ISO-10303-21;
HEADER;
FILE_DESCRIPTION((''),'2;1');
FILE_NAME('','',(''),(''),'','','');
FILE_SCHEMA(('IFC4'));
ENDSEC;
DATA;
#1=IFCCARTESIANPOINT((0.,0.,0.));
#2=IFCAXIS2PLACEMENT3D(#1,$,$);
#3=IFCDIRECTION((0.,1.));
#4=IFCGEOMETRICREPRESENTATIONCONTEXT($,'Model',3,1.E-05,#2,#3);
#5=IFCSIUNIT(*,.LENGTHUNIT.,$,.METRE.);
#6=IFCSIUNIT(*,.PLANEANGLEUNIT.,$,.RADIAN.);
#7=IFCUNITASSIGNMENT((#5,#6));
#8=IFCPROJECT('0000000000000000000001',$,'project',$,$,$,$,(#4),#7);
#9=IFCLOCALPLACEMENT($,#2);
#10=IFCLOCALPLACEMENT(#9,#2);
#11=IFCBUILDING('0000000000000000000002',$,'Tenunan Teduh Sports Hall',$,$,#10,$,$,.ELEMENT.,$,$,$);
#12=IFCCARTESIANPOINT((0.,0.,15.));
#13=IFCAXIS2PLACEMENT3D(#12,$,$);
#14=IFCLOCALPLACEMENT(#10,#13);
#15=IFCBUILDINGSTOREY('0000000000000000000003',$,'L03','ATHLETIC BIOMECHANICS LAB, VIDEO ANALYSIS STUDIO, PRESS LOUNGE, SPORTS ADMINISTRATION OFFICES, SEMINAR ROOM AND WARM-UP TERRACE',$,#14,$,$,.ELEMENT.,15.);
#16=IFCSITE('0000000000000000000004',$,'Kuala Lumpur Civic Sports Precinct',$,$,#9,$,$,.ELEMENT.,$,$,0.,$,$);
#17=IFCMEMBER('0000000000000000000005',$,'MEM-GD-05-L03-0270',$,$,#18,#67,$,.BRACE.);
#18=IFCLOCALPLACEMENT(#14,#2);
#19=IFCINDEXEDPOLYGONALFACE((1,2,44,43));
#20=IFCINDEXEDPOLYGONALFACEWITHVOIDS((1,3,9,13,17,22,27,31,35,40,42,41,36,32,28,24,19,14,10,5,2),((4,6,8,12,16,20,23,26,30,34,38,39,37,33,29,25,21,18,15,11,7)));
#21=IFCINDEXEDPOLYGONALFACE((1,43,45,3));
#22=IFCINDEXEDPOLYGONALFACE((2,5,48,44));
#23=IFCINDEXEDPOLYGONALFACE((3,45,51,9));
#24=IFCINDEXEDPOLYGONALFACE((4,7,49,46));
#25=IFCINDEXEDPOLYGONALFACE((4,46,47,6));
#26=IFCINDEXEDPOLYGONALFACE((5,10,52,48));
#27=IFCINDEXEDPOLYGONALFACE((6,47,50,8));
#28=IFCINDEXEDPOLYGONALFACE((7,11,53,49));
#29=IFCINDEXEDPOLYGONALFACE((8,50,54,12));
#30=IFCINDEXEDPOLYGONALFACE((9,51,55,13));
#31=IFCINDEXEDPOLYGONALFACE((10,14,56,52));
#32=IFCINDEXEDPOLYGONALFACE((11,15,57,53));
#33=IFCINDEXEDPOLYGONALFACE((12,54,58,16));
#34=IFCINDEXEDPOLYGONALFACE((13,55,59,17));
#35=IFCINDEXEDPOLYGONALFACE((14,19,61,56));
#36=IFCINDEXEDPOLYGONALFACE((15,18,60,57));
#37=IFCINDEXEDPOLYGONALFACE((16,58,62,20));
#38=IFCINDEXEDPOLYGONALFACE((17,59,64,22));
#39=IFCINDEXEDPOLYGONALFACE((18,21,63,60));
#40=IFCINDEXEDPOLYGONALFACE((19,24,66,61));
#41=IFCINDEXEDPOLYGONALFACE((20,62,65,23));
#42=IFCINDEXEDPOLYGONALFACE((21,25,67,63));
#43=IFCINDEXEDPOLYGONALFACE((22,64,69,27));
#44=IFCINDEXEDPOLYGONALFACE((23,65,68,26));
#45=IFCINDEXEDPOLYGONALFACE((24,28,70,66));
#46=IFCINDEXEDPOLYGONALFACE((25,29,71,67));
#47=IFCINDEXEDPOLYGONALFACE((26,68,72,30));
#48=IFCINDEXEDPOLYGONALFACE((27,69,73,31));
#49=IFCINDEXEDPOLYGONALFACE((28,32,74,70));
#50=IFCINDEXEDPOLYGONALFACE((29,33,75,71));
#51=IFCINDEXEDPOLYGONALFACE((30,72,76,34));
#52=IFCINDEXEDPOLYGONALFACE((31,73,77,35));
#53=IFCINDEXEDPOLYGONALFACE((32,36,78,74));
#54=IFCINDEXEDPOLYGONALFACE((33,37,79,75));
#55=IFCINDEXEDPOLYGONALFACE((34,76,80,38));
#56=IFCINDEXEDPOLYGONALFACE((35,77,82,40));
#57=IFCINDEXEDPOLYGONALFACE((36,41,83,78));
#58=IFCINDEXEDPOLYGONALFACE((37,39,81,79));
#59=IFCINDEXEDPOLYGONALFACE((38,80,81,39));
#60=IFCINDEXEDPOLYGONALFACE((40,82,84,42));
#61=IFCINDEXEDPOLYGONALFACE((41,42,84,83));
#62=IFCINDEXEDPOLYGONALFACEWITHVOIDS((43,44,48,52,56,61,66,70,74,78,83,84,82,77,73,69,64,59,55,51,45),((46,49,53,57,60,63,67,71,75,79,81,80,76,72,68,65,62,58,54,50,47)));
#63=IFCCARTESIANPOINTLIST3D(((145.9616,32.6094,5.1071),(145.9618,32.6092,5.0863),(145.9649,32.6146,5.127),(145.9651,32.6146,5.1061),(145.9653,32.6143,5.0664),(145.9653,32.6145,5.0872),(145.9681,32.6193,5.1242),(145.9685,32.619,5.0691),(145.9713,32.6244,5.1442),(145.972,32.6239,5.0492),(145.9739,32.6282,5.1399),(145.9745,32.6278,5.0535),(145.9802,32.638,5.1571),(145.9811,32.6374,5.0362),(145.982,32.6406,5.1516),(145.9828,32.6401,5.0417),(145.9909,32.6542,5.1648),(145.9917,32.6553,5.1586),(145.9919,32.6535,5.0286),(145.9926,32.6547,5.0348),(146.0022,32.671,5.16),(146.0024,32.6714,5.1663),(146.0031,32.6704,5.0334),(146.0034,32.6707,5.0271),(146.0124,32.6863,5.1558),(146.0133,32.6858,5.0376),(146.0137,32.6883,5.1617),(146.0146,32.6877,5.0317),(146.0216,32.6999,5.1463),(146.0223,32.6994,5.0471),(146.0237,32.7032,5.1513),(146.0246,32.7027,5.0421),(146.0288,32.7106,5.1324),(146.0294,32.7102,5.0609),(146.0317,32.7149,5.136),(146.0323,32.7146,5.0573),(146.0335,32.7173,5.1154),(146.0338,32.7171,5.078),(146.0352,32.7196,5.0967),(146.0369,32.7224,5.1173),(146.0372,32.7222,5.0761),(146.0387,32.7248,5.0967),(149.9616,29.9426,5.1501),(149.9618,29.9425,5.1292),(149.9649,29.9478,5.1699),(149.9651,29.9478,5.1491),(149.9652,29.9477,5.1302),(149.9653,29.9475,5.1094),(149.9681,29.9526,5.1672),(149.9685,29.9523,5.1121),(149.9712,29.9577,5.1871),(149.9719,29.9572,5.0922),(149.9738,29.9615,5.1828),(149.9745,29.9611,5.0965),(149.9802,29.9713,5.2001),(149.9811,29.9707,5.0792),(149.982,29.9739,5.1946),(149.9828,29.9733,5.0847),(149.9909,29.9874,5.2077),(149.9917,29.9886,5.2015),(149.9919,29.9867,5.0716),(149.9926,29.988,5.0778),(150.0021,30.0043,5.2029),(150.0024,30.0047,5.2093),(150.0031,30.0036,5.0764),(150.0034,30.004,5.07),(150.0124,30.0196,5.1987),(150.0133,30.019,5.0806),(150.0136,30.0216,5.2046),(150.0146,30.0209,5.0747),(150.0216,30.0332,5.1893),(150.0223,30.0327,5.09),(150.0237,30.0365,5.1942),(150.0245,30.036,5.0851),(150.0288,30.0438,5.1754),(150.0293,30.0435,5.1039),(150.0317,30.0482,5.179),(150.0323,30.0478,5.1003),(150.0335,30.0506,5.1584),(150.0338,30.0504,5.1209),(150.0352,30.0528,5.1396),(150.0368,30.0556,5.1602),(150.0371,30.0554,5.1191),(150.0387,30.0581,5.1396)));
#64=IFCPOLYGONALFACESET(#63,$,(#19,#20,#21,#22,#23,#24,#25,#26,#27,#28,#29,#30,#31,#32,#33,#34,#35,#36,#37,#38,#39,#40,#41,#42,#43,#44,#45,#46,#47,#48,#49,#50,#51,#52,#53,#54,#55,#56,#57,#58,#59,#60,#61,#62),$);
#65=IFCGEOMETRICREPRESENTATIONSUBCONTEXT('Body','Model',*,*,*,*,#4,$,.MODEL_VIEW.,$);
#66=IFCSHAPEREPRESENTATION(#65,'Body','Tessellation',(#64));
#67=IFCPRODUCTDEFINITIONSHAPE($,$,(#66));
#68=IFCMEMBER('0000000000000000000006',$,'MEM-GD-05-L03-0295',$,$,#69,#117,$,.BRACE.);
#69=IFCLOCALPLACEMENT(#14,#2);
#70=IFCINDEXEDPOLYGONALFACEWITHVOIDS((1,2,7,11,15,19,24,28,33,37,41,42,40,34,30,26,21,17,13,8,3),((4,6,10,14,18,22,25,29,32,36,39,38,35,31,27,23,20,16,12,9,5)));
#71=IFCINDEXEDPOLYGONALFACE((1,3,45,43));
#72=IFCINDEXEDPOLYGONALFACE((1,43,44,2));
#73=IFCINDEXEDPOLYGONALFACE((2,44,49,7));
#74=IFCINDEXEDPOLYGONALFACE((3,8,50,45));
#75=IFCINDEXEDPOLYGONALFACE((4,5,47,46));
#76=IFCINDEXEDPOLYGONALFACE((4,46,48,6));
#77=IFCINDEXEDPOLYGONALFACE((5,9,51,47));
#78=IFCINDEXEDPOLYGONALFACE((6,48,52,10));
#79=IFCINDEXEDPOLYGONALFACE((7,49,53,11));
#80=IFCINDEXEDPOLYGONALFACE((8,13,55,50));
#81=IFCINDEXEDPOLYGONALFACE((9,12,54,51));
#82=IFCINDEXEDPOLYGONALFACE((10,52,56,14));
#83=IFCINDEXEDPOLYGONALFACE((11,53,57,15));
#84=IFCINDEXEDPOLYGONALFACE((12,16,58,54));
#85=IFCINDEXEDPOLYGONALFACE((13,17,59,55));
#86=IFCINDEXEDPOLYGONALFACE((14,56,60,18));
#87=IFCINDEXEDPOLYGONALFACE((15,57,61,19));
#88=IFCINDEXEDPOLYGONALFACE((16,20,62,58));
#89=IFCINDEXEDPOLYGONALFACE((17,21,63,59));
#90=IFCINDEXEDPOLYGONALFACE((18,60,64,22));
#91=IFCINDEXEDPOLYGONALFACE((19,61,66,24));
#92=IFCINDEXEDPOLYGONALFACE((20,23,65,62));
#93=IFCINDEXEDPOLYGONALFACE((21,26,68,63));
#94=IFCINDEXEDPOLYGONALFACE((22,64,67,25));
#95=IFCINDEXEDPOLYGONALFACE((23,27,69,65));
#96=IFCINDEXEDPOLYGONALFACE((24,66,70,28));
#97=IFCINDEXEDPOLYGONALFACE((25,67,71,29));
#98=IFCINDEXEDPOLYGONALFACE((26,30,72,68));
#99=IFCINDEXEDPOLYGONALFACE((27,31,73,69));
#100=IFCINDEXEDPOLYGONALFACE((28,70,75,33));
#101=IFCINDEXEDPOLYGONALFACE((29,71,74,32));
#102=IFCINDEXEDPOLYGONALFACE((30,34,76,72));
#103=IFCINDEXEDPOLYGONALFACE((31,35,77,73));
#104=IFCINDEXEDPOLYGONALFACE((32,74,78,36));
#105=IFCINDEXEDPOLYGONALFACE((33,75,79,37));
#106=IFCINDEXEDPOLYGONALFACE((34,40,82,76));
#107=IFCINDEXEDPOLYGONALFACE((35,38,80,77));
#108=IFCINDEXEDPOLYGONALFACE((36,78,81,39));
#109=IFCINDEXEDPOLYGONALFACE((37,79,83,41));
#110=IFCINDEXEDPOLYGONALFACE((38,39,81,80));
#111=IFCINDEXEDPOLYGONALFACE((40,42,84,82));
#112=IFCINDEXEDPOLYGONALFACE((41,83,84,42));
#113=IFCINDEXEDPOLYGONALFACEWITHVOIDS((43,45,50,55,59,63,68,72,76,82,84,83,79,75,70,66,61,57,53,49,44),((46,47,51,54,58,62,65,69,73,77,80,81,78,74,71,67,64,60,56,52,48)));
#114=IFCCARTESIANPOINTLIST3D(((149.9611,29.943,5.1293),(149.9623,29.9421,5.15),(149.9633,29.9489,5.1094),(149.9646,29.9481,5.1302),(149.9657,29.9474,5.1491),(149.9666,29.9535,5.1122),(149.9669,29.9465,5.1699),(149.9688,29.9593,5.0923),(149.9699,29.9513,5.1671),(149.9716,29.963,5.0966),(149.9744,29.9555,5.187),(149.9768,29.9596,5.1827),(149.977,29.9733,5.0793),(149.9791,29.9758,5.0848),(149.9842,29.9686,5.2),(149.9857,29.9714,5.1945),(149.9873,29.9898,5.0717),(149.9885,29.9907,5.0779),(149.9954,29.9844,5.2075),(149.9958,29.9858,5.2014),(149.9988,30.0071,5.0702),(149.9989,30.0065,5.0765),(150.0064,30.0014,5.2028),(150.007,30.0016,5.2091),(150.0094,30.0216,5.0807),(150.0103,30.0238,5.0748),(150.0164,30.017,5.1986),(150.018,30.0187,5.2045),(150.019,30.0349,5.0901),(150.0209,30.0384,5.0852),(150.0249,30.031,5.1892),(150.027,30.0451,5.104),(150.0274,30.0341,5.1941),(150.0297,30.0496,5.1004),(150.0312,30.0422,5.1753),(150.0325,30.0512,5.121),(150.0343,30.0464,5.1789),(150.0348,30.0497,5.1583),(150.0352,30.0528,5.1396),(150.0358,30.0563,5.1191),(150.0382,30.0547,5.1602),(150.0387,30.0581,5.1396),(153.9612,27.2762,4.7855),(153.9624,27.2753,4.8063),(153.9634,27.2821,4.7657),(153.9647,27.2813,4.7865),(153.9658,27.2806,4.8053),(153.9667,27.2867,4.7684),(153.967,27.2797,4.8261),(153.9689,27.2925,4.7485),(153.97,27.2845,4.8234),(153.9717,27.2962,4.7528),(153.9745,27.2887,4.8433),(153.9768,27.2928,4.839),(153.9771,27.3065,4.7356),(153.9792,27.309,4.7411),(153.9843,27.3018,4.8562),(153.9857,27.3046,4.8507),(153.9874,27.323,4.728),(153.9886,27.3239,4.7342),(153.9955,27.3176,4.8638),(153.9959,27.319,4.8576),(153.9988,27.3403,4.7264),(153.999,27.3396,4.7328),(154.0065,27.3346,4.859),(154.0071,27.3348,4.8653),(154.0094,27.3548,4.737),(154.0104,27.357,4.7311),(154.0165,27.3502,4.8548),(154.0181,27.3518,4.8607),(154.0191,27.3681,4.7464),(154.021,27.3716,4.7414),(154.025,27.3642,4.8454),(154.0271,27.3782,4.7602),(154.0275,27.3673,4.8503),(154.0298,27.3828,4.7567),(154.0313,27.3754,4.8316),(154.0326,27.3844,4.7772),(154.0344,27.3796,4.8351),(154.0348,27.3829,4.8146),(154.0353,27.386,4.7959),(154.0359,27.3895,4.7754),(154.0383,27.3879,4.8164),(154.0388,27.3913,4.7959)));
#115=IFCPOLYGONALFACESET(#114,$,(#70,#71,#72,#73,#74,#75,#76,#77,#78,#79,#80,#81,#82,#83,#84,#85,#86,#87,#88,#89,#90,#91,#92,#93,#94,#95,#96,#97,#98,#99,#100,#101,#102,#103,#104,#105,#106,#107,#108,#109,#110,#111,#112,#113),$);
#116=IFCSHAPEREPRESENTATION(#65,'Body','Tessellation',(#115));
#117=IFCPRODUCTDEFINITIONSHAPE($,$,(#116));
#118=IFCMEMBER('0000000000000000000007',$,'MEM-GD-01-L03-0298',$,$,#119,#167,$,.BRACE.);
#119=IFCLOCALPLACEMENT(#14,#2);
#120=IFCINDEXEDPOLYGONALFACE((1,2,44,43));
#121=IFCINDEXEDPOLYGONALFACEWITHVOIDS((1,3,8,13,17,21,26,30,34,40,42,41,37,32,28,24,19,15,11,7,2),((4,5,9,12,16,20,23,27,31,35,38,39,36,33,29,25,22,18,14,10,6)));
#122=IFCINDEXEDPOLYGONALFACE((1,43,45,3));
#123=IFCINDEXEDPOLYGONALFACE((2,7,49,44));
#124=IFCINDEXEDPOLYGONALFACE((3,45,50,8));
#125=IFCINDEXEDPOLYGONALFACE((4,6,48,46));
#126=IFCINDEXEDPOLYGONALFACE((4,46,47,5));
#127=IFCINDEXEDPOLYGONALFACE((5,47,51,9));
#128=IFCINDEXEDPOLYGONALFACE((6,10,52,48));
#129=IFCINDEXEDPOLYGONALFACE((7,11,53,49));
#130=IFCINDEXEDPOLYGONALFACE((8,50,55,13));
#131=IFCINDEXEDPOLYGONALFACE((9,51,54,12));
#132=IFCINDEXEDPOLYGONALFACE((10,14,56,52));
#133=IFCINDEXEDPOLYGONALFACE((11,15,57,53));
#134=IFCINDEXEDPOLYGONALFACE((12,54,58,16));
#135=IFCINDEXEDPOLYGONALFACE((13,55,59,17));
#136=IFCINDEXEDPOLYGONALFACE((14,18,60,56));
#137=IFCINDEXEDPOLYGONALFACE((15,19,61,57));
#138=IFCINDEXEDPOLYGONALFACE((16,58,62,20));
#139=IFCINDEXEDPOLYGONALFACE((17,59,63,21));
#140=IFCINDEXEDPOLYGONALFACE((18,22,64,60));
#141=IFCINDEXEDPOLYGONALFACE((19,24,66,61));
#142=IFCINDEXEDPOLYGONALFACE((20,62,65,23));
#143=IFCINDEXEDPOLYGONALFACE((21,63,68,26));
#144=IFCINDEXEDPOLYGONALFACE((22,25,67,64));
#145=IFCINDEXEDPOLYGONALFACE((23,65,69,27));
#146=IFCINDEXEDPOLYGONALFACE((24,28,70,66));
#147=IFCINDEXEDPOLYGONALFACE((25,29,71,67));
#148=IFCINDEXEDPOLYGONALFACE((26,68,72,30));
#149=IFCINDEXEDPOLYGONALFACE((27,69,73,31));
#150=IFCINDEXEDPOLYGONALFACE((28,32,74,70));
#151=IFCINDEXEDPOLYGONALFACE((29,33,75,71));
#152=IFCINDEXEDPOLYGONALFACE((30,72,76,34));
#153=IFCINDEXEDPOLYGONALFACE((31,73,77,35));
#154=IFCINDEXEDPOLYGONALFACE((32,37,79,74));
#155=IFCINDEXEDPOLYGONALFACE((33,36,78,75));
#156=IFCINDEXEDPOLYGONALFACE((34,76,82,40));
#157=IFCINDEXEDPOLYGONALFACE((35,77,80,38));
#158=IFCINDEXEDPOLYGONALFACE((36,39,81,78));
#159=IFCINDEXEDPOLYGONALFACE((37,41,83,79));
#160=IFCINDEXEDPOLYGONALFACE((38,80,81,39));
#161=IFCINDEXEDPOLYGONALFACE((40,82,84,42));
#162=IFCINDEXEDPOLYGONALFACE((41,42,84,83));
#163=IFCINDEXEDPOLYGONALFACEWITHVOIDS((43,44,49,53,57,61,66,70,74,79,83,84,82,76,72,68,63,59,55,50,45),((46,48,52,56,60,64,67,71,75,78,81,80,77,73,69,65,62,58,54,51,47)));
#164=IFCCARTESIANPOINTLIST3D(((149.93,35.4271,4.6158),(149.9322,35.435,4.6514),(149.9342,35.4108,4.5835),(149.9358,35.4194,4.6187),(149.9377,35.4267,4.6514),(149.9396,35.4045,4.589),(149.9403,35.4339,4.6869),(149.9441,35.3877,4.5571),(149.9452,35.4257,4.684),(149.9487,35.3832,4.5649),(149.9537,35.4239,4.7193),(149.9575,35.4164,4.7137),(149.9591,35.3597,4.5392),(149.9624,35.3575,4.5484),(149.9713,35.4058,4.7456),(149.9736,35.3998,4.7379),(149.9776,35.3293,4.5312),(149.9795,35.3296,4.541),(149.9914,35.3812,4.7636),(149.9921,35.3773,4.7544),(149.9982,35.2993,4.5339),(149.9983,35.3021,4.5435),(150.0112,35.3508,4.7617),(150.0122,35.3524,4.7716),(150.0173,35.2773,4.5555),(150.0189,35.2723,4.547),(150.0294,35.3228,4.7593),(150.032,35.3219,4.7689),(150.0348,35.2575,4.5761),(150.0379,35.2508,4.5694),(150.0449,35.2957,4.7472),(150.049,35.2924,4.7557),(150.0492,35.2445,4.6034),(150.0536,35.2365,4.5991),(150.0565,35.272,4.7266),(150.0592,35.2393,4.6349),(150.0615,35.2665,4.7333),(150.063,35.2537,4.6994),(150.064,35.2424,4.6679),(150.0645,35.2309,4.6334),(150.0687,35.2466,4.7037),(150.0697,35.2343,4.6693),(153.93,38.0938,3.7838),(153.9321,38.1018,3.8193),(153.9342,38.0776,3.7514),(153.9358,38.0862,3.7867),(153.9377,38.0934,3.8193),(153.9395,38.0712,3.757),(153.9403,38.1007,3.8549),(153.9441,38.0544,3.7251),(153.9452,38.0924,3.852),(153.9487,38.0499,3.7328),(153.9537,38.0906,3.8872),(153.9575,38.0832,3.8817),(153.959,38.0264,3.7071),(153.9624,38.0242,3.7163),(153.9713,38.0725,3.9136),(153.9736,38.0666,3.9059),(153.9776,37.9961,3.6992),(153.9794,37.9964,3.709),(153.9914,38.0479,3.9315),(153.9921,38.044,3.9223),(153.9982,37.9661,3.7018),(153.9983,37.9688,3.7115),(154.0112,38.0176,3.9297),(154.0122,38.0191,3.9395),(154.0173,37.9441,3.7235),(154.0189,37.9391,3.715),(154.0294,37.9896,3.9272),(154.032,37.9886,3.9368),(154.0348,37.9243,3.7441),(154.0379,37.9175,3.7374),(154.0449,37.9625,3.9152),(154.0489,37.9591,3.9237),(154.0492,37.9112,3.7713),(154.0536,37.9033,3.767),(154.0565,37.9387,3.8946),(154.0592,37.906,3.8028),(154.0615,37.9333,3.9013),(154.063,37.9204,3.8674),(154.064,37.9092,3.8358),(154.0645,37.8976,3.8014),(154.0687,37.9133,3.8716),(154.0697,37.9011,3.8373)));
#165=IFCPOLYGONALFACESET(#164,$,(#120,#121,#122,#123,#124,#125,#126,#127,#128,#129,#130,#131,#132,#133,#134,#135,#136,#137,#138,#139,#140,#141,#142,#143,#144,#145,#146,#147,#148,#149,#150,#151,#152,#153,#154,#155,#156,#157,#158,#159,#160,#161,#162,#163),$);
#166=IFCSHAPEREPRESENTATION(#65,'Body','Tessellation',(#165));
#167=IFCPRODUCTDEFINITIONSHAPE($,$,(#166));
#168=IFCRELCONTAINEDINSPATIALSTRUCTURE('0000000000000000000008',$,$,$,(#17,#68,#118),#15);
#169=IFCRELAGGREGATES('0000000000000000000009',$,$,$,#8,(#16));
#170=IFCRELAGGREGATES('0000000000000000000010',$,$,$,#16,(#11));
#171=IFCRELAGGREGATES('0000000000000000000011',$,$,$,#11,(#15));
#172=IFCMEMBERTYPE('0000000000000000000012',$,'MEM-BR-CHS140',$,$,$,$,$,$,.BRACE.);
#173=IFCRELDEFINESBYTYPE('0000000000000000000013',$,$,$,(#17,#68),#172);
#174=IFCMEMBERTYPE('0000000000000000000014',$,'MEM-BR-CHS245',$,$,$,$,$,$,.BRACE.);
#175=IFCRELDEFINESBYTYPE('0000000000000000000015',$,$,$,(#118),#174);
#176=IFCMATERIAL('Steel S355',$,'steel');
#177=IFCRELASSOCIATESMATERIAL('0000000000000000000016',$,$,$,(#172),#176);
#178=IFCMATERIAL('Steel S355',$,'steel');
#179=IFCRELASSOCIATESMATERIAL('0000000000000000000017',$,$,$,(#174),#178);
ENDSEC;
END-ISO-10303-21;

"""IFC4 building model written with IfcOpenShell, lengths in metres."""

from ifc_helpers import new_model, si_unit, direction, frame, origin, origin_2d, place, context, subcontext, project, spatial, hollow_circle, extrude, material, material_profile, profile_set, type_object, element, save


model = new_model("IFC4")

# Units and contexts
model_context = context("Model", 3, precision=1e-05, world=origin(), true_north=direction((0.0, 1.0)))
body_context = subcontext(model_context, "Body", "Model", "MODEL_VIEW")
ifc_project = project(units=[si_unit("LENGTHUNIT", "METRE"), si_unit("PLANEANGLEUNIT", "RADIAN")], contexts=[model_context])

# Site, building, storey
site_placement = place(None, origin())
site = spatial("IfcSite", under=ifc_project, at=site_placement, Name="Kuala Lumpur Civic Sports Precinct", CompositionType="ELEMENT", RefElevation=0.0)
building_placement = place(site_placement, origin())
building = spatial("IfcBuilding", under=site, at=building_placement, Name="Tenunan Teduh Sports Hall", CompositionType="ELEMENT")
storey_placement = place(building_placement, frame((0.0, 0.0, 15.0)))
storey = spatial("IfcBuildingStorey", under=building, at=storey_placement, Name="L03", Description="ATHLETIC BIOMECHANICS LAB, VIDEO ANALYSIS STUDIO, PRESS LOUNGE, SPORTS ADMINISTRATION OFFICES, SEMINAR ROOM AND WARM-UP TERRACE", CompositionType="ELEMENT", Elevation=15.0)

# Members
ifc_material_1 = material(Name="Steel S355", Category="steel")
ifc_material_profile_1 = material_profile(ifc_material_1, hollow_circle(Radius=0.0698, WallThickness=0.0063, at=origin_2d()), Name="CHS 139.7x6.3")
ifc_profile_set_1 = profile_set([ifc_material_profile_1], Name="Steel S355")
member_type_1 = type_object("IfcMemberType", Name="MEM-BR-CHS140", PredefinedType="BRACE", material=ifc_profile_set_1)
member_1_placement = place(storey_placement, frame((146.0, 32.6667, 5.0967), z_axis=(0.832009, -0.55469, 0.008938), x_axis=(0.554712, 0.832042, 0.0)))
element("IfcMember", 1, at=member_1_placement, inside=storey, type_object=member_type_1, Name="MEM-GD-05-L03-0270", PredefinedType="BRACE", context=body_context, shape_type="SweptSolid", body=[
    extrude(hollow_circle(Radius=0.0698, WallThickness=0.0063, at=origin_2d()), origin(), (0.0, 0.0, 1.0), 4.8076),
])
member_2_placement = place(storey_placement, frame((150.0, 30.0, 5.1396), z_axis=(0.829924, -0.553299, -0.071322), x_axis=(0.554712, 0.832042, 0.0)))
element("IfcMember", 2, at=member_2_placement, inside=storey, type_object=member_type_1, Name="MEM-GD-05-L03-0295", PredefinedType="BRACE", context=body_context, shape_type="SweptSolid", body=[
    extrude(hollow_circle(Radius=0.0698, WallThickness=0.0063, at=origin_2d()), origin(), (0.0, 0.0, 1.0), 4.8198),
])
ifc_material_2 = material(Name="Steel S355", Category="steel")
ifc_material_profile_2 = material_profile(ifc_material_2, hollow_circle(Radius=0.1223, WallThickness=0.01, at=origin_2d()), Name="CHS 244.5x10.0")
ifc_profile_set_2 = profile_set([ifc_material_profile_2], Name="Steel S355")
member_type_2 = type_object("IfcMemberType", Name="MEM-BR-CHS245", PredefinedType="BRACE", material=ifc_profile_set_2)
member_3_placement = place(storey_placement, frame((150.0, 35.3333, 4.6514), z_axis=(0.819854, 0.546586, -0.170536), x_axis=(-0.554712, 0.832042, 0.0)))
element("IfcMember", 3, at=member_3_placement, inside=storey, type_object=member_type_2, Name="MEM-GD-01-L03-0298", PredefinedType="BRACE", context=body_context, shape_type="SweptSolid", body=[
    extrude(hollow_circle(Radius=0.1223, WallThickness=0.01, at=origin_2d()), origin(), (0.0, 0.0, 1.0), 4.8789),
])

save(model, "model.ifc")
